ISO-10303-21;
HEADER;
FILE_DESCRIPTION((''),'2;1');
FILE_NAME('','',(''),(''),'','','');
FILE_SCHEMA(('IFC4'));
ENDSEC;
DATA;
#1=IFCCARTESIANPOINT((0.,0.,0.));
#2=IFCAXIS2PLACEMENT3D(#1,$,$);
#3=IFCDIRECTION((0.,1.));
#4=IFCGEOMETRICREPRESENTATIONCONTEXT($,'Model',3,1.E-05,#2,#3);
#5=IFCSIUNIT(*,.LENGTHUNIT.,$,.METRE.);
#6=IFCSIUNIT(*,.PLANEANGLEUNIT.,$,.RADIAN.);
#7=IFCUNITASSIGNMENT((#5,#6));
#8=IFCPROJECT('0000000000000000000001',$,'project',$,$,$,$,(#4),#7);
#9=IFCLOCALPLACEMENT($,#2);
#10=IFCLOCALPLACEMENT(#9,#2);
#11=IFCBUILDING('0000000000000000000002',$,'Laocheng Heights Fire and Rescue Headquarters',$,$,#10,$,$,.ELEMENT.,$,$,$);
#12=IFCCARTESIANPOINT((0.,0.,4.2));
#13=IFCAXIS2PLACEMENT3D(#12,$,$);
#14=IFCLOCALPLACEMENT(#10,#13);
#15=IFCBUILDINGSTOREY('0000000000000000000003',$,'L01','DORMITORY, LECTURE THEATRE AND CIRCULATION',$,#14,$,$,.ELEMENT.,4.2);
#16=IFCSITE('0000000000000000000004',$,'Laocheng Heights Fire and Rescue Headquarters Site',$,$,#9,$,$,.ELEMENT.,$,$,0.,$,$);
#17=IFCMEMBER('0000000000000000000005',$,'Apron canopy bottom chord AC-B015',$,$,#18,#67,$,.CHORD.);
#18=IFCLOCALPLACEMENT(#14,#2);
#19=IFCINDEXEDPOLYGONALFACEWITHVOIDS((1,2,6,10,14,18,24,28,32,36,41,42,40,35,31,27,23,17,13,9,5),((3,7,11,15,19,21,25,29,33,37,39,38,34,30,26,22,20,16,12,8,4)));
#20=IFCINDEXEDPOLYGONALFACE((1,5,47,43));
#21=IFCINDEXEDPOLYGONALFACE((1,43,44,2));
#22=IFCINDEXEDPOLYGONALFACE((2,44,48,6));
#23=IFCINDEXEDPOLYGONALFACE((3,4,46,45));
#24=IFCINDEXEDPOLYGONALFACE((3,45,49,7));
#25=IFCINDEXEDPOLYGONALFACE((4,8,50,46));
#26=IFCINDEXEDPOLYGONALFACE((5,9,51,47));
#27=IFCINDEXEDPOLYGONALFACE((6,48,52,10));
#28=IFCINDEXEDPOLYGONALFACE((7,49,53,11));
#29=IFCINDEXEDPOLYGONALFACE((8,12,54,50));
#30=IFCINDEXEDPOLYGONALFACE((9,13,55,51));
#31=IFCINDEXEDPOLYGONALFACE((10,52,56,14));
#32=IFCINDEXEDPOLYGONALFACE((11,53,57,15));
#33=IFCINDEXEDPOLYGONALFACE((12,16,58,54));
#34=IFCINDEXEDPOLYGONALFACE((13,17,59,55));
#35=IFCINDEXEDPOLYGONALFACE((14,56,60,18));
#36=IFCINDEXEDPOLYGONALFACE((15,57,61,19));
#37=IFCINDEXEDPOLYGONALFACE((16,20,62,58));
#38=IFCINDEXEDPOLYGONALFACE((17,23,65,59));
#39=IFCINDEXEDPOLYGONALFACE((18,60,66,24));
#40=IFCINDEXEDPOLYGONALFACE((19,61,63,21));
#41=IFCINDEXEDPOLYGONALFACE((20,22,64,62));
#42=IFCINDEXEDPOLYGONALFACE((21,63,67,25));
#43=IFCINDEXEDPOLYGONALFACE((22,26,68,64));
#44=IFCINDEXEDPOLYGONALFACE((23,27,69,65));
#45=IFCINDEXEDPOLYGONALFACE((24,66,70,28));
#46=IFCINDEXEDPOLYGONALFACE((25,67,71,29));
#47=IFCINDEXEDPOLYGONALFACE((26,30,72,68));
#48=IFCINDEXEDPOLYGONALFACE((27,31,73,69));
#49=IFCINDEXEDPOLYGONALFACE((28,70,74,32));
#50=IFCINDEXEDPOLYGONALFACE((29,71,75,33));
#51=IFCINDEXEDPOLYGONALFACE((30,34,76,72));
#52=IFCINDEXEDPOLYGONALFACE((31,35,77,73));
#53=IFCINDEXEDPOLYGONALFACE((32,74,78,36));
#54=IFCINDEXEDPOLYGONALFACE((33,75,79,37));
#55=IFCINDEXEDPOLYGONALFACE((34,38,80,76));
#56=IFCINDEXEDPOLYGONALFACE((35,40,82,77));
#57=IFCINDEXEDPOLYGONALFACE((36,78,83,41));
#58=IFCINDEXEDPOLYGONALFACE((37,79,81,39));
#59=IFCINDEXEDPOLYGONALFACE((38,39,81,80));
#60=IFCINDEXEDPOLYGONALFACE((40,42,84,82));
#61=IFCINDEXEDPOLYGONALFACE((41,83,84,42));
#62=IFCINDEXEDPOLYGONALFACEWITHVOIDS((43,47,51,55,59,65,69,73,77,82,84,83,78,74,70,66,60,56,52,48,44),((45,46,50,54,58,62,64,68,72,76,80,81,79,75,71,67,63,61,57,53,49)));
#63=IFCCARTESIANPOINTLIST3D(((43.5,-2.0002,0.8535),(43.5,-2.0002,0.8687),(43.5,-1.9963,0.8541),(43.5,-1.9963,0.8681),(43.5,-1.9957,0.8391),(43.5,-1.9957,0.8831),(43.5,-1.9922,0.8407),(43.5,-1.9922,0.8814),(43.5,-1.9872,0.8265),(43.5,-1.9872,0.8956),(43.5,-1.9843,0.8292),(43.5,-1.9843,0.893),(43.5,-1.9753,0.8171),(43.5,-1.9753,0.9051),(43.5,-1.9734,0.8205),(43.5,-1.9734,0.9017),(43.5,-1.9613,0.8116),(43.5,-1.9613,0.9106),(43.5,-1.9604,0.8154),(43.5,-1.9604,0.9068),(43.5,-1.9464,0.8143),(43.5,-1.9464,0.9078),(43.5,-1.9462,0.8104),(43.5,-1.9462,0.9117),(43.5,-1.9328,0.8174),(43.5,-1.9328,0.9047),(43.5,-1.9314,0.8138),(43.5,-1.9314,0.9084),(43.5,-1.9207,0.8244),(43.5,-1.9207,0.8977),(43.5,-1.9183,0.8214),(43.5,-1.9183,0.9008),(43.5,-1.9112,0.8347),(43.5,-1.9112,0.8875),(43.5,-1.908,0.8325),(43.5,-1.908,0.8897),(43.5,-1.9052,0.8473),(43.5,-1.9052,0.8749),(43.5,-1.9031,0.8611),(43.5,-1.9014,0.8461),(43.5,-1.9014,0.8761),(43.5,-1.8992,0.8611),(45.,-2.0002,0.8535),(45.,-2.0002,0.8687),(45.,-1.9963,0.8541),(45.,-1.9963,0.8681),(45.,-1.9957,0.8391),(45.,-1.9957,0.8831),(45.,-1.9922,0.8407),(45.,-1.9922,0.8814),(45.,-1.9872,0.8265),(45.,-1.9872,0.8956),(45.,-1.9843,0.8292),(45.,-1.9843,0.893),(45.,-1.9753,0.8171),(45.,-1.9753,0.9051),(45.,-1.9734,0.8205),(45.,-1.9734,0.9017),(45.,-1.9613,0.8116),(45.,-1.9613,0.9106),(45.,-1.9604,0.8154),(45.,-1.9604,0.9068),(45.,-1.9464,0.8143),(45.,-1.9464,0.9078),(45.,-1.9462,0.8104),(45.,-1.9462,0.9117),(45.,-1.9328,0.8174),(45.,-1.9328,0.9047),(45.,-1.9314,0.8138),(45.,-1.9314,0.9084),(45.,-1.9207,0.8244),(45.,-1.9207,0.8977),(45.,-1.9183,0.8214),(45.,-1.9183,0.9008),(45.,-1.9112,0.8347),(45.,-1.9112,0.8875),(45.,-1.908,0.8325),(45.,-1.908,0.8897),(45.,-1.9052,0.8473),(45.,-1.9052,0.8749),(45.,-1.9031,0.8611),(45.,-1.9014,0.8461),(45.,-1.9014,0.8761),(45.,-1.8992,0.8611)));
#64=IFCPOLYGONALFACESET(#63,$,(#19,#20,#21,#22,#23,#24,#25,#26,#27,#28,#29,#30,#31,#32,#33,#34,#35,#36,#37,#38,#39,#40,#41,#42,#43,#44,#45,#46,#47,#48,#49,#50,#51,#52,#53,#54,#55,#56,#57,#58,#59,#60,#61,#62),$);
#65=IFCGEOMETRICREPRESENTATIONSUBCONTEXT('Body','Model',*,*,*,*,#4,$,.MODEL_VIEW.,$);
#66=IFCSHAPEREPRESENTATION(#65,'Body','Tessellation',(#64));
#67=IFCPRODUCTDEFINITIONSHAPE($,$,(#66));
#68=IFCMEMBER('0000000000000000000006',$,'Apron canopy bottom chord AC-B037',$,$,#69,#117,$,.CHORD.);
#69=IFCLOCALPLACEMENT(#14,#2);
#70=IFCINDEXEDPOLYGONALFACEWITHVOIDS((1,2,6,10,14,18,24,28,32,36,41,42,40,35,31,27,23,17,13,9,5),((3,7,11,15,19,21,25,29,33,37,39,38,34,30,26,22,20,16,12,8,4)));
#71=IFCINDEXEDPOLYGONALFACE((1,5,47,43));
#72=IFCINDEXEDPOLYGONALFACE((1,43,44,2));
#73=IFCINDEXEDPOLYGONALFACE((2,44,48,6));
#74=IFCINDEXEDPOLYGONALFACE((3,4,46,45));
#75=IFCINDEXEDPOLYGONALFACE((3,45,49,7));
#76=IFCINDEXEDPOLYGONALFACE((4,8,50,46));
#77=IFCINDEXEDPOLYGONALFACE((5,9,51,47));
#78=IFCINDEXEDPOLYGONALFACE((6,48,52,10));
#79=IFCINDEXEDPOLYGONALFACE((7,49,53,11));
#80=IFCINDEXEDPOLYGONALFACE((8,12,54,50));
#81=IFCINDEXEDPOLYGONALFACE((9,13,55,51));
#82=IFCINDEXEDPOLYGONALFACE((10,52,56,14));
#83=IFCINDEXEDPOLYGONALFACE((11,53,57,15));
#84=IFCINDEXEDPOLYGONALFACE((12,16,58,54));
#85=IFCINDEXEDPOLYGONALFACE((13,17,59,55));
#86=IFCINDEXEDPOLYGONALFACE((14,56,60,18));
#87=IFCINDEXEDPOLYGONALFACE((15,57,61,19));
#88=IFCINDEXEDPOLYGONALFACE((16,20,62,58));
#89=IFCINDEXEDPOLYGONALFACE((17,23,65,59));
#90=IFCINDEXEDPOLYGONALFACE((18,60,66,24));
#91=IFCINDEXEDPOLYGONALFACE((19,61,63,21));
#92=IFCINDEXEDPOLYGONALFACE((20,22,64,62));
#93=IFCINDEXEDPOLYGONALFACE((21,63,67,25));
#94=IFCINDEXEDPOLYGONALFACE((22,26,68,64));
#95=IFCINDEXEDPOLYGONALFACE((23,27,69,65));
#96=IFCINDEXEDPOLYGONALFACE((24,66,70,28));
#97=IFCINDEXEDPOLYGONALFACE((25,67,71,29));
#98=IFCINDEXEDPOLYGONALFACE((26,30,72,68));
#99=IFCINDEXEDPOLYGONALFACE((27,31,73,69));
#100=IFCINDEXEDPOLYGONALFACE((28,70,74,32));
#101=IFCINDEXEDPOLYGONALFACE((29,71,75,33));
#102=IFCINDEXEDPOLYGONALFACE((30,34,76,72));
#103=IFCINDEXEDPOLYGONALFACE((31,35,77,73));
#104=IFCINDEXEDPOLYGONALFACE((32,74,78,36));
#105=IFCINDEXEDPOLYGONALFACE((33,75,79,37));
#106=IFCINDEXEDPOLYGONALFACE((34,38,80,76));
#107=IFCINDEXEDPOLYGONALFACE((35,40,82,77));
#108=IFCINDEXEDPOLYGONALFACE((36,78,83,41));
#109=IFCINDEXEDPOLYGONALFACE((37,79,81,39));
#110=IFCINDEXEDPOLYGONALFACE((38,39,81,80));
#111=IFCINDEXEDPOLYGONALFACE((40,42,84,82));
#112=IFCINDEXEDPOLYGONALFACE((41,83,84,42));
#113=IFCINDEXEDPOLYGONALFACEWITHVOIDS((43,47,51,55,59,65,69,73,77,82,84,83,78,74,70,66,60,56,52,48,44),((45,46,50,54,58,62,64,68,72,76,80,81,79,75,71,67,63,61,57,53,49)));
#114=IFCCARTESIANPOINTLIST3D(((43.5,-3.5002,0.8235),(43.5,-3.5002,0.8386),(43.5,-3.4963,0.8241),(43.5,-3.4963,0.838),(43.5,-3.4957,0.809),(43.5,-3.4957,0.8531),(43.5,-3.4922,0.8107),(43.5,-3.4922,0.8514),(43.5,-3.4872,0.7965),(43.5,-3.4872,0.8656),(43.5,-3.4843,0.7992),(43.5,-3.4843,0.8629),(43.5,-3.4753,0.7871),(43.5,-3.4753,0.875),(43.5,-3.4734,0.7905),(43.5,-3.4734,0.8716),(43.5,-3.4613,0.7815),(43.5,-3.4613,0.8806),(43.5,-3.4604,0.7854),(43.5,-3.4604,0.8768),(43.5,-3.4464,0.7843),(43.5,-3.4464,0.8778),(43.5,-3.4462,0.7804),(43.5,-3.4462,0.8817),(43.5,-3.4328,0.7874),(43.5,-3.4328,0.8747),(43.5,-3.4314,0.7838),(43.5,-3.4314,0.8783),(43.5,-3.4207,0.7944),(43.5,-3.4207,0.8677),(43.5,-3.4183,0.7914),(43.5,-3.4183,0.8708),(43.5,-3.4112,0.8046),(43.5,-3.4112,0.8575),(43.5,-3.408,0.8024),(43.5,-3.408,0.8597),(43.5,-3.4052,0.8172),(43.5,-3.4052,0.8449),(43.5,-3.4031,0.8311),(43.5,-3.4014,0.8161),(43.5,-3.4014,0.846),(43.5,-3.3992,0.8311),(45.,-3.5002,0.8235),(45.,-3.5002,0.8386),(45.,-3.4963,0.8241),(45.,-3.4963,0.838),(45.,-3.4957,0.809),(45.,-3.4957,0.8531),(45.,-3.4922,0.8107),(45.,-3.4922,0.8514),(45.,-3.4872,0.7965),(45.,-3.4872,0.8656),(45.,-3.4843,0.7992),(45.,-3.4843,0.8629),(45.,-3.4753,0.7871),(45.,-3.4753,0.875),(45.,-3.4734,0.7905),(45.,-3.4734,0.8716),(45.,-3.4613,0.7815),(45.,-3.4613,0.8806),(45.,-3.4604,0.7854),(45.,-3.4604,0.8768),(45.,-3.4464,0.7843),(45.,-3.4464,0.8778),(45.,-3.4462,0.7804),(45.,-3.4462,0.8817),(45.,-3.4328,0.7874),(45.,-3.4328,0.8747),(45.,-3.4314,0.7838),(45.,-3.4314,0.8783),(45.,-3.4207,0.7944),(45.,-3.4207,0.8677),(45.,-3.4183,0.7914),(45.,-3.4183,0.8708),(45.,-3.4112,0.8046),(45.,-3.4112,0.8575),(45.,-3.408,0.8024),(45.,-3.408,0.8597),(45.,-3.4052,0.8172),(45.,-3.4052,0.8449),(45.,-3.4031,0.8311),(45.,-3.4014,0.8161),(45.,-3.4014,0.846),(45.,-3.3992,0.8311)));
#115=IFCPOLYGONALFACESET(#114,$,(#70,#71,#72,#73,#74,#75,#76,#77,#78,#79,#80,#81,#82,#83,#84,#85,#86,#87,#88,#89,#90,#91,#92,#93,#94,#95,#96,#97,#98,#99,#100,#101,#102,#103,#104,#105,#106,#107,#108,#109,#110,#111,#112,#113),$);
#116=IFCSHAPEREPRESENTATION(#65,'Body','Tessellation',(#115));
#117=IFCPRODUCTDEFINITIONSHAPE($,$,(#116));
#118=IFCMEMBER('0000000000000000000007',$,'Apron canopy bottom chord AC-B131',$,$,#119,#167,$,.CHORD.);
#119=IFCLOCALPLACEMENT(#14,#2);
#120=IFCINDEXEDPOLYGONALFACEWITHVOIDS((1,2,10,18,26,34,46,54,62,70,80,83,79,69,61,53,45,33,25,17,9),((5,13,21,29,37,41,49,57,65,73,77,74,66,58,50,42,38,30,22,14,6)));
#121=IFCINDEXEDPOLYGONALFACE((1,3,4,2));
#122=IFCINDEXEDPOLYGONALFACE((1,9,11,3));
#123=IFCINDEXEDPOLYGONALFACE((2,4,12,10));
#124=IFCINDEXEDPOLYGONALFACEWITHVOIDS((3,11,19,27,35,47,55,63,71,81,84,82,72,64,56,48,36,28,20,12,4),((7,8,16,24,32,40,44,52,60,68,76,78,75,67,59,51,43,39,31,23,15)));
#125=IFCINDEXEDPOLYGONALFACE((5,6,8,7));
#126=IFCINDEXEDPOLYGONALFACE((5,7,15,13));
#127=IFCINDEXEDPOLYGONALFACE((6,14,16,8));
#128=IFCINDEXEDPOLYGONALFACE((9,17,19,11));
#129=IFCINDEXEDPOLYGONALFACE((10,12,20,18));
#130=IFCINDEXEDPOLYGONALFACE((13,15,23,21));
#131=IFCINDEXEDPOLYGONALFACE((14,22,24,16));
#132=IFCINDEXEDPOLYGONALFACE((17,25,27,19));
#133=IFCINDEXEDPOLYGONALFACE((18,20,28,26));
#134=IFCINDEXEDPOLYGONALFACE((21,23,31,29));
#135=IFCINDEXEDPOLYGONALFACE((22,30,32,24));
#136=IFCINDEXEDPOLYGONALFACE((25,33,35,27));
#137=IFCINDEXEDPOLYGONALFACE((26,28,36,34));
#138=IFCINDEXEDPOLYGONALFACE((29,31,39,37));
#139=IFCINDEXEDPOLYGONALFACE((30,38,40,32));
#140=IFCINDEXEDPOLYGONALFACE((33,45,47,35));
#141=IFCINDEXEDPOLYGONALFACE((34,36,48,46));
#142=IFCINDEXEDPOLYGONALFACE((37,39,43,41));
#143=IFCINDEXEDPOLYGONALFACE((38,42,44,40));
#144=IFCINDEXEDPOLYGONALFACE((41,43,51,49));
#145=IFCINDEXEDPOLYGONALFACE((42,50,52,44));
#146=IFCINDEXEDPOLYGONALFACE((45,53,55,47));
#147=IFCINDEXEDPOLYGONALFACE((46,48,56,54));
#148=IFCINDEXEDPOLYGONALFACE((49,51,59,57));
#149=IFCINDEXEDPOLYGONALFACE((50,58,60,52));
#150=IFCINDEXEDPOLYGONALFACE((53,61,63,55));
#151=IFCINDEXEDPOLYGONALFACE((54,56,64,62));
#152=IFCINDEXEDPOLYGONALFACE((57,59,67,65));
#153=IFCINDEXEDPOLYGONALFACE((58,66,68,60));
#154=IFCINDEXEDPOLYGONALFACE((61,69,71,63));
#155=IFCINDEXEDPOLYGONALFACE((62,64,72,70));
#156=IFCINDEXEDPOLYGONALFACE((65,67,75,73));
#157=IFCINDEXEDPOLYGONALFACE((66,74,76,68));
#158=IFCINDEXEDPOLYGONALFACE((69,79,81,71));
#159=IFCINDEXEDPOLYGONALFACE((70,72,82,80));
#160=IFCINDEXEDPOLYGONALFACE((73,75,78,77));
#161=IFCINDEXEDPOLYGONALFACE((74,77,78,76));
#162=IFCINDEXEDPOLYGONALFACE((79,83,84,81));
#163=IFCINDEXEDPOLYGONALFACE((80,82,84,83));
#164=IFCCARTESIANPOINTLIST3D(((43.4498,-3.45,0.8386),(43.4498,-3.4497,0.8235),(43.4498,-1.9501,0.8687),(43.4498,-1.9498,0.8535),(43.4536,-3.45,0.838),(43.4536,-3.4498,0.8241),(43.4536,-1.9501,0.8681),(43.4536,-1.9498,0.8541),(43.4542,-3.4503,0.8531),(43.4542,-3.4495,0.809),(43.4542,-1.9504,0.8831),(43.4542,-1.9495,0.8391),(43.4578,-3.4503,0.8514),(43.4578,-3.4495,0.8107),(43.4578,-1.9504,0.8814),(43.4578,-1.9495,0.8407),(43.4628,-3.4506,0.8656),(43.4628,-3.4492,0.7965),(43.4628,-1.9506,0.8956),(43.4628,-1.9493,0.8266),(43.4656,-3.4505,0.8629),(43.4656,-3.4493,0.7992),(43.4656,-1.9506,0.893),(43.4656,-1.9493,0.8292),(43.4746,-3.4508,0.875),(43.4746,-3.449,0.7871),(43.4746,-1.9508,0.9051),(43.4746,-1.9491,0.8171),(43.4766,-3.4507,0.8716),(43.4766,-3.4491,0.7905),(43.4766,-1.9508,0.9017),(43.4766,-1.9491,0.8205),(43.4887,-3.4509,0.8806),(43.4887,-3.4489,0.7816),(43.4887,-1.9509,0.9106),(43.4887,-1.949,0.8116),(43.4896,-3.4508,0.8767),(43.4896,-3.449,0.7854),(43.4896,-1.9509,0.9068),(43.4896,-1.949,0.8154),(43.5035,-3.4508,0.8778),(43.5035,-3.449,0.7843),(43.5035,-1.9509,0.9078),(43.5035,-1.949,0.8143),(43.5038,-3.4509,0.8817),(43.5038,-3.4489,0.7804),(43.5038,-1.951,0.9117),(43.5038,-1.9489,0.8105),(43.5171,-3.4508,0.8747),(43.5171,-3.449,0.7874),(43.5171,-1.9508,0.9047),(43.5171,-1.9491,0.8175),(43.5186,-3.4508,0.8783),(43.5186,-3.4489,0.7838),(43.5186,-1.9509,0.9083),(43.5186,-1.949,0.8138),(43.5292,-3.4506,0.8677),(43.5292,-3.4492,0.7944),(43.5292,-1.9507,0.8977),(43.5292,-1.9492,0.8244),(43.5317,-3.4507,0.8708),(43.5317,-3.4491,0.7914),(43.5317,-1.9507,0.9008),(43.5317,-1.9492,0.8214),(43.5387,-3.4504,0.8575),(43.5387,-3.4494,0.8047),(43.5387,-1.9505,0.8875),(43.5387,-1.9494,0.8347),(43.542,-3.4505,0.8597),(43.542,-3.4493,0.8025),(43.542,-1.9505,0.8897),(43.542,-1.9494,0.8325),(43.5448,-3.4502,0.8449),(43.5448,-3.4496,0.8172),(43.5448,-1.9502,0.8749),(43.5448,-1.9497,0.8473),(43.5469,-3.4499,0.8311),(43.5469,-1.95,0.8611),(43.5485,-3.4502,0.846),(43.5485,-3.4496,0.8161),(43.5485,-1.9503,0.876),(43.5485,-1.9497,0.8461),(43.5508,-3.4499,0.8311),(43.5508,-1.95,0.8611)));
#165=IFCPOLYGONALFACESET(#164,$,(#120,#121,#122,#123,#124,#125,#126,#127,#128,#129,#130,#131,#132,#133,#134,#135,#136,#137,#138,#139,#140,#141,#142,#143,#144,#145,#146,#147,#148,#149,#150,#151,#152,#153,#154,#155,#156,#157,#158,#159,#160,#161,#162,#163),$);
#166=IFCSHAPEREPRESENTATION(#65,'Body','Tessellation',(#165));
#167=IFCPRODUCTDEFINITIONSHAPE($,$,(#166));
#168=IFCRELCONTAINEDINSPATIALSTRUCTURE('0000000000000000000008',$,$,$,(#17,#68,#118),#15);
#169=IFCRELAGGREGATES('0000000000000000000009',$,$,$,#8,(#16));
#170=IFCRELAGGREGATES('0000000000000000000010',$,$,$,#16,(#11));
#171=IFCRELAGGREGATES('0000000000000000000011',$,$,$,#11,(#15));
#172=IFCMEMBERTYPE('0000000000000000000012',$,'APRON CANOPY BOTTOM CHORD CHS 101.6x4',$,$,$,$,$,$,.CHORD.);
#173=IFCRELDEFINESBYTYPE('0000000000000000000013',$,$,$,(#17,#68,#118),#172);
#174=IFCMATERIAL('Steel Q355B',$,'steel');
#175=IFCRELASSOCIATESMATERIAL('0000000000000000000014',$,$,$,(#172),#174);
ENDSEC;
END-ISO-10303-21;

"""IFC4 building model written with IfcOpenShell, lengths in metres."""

from ifc_helpers import new_model, si_unit, direction, frame, origin, origin_2d, place, context, subcontext, project, spatial, hollow_circle, extrude, material, material_profile, profile_set, type_object, element, save


model = new_model("IFC4")

# Units and contexts
model_context = context("Model", 3, precision=1e-05, world=origin(), true_north=direction((0.0, 1.0)))
body_context = subcontext(model_context, "Body", "Model", "MODEL_VIEW")
ifc_project = project(units=[si_unit("LENGTHUNIT", "METRE"), si_unit("PLANEANGLEUNIT", "RADIAN")], contexts=[model_context])

# Site, building, storey
site_placement = place(None, origin())
site = spatial("IfcSite", under=ifc_project, at=site_placement, Name="Laocheng Heights Fire and Rescue Headquarters Site", CompositionType="ELEMENT", RefElevation=0.0)
building_placement = place(site_placement, origin())
building = spatial("IfcBuilding", under=site, at=building_placement, Name="Laocheng Heights Fire and Rescue Headquarters", CompositionType="ELEMENT")
storey_placement = place(building_placement, frame((0.0, 0.0, 4.2)))
storey = spatial("IfcBuildingStorey", under=building, at=storey_placement, Name="L01", Description="DORMITORY, LECTURE THEATRE AND CIRCULATION", CompositionType="ELEMENT", Elevation=4.2)

# Members
ifc_material_1 = material(Name="Steel Q355B", Category="steel")
ifc_material_profile_1 = material_profile(ifc_material_1, hollow_circle(Radius=0.0508, WallThickness=0.0039, at=origin_2d()), Name="CHS 101.6x4")
ifc_profile_set_1 = profile_set([ifc_material_profile_1], Name="Steel Q355B")
member_type_1 = type_object("IfcMemberType", Name="APRON CANOPY BOTTOM CHORD CHS 101.6x4", PredefinedType="CHORD", material=ifc_profile_set_1)
for number, where, z_axis, x_axis, name in (
    (1, (43.5, -1.95, 0.8611), (1.0, 0.0, 0.0), (0.0, 1.0, 0.0), "Apron canopy bottom chord AC-B015"),
    (2, (43.5, -3.45, 0.8311), (1.0, 0.0, 0.0), (0.0, 1.0, 0.0), "Apron canopy bottom chord AC-B037"),
):
    element("IfcMember", number, at=place(storey_placement, frame(where, z_axis=z_axis, x_axis=x_axis)), inside=storey, type_object=member_type_1, Name=name, PredefinedType="CHORD", context=body_context, shape_type="SweptSolid", body=[
        extrude(hollow_circle(Radius=0.0508, WallThickness=0.0039, at=origin_2d()), origin(), (0.0, 0.0, 1.0), 1.5),
    ])
for number, where, z_axis, x_axis, name in (
    (3, (43.5, -1.95, 0.8611), (0.0, -0.9998, -0.020016), (1.0, 0.0, 0.0), "Apron canopy bottom chord AC-B131"),
):
    element("IfcMember", number, at=place(storey_placement, frame(where, z_axis=z_axis, x_axis=x_axis)), inside=storey, type_object=member_type_1, Name=name, PredefinedType="CHORD", context=body_context, shape_type="SweptSolid", body=[
        extrude(hollow_circle(Radius=0.0508, WallThickness=0.0039, at=origin_2d()), origin(), (0.0, 0.0, 1.0), 1.5002),
    ])

save(model, "model.ifc")
